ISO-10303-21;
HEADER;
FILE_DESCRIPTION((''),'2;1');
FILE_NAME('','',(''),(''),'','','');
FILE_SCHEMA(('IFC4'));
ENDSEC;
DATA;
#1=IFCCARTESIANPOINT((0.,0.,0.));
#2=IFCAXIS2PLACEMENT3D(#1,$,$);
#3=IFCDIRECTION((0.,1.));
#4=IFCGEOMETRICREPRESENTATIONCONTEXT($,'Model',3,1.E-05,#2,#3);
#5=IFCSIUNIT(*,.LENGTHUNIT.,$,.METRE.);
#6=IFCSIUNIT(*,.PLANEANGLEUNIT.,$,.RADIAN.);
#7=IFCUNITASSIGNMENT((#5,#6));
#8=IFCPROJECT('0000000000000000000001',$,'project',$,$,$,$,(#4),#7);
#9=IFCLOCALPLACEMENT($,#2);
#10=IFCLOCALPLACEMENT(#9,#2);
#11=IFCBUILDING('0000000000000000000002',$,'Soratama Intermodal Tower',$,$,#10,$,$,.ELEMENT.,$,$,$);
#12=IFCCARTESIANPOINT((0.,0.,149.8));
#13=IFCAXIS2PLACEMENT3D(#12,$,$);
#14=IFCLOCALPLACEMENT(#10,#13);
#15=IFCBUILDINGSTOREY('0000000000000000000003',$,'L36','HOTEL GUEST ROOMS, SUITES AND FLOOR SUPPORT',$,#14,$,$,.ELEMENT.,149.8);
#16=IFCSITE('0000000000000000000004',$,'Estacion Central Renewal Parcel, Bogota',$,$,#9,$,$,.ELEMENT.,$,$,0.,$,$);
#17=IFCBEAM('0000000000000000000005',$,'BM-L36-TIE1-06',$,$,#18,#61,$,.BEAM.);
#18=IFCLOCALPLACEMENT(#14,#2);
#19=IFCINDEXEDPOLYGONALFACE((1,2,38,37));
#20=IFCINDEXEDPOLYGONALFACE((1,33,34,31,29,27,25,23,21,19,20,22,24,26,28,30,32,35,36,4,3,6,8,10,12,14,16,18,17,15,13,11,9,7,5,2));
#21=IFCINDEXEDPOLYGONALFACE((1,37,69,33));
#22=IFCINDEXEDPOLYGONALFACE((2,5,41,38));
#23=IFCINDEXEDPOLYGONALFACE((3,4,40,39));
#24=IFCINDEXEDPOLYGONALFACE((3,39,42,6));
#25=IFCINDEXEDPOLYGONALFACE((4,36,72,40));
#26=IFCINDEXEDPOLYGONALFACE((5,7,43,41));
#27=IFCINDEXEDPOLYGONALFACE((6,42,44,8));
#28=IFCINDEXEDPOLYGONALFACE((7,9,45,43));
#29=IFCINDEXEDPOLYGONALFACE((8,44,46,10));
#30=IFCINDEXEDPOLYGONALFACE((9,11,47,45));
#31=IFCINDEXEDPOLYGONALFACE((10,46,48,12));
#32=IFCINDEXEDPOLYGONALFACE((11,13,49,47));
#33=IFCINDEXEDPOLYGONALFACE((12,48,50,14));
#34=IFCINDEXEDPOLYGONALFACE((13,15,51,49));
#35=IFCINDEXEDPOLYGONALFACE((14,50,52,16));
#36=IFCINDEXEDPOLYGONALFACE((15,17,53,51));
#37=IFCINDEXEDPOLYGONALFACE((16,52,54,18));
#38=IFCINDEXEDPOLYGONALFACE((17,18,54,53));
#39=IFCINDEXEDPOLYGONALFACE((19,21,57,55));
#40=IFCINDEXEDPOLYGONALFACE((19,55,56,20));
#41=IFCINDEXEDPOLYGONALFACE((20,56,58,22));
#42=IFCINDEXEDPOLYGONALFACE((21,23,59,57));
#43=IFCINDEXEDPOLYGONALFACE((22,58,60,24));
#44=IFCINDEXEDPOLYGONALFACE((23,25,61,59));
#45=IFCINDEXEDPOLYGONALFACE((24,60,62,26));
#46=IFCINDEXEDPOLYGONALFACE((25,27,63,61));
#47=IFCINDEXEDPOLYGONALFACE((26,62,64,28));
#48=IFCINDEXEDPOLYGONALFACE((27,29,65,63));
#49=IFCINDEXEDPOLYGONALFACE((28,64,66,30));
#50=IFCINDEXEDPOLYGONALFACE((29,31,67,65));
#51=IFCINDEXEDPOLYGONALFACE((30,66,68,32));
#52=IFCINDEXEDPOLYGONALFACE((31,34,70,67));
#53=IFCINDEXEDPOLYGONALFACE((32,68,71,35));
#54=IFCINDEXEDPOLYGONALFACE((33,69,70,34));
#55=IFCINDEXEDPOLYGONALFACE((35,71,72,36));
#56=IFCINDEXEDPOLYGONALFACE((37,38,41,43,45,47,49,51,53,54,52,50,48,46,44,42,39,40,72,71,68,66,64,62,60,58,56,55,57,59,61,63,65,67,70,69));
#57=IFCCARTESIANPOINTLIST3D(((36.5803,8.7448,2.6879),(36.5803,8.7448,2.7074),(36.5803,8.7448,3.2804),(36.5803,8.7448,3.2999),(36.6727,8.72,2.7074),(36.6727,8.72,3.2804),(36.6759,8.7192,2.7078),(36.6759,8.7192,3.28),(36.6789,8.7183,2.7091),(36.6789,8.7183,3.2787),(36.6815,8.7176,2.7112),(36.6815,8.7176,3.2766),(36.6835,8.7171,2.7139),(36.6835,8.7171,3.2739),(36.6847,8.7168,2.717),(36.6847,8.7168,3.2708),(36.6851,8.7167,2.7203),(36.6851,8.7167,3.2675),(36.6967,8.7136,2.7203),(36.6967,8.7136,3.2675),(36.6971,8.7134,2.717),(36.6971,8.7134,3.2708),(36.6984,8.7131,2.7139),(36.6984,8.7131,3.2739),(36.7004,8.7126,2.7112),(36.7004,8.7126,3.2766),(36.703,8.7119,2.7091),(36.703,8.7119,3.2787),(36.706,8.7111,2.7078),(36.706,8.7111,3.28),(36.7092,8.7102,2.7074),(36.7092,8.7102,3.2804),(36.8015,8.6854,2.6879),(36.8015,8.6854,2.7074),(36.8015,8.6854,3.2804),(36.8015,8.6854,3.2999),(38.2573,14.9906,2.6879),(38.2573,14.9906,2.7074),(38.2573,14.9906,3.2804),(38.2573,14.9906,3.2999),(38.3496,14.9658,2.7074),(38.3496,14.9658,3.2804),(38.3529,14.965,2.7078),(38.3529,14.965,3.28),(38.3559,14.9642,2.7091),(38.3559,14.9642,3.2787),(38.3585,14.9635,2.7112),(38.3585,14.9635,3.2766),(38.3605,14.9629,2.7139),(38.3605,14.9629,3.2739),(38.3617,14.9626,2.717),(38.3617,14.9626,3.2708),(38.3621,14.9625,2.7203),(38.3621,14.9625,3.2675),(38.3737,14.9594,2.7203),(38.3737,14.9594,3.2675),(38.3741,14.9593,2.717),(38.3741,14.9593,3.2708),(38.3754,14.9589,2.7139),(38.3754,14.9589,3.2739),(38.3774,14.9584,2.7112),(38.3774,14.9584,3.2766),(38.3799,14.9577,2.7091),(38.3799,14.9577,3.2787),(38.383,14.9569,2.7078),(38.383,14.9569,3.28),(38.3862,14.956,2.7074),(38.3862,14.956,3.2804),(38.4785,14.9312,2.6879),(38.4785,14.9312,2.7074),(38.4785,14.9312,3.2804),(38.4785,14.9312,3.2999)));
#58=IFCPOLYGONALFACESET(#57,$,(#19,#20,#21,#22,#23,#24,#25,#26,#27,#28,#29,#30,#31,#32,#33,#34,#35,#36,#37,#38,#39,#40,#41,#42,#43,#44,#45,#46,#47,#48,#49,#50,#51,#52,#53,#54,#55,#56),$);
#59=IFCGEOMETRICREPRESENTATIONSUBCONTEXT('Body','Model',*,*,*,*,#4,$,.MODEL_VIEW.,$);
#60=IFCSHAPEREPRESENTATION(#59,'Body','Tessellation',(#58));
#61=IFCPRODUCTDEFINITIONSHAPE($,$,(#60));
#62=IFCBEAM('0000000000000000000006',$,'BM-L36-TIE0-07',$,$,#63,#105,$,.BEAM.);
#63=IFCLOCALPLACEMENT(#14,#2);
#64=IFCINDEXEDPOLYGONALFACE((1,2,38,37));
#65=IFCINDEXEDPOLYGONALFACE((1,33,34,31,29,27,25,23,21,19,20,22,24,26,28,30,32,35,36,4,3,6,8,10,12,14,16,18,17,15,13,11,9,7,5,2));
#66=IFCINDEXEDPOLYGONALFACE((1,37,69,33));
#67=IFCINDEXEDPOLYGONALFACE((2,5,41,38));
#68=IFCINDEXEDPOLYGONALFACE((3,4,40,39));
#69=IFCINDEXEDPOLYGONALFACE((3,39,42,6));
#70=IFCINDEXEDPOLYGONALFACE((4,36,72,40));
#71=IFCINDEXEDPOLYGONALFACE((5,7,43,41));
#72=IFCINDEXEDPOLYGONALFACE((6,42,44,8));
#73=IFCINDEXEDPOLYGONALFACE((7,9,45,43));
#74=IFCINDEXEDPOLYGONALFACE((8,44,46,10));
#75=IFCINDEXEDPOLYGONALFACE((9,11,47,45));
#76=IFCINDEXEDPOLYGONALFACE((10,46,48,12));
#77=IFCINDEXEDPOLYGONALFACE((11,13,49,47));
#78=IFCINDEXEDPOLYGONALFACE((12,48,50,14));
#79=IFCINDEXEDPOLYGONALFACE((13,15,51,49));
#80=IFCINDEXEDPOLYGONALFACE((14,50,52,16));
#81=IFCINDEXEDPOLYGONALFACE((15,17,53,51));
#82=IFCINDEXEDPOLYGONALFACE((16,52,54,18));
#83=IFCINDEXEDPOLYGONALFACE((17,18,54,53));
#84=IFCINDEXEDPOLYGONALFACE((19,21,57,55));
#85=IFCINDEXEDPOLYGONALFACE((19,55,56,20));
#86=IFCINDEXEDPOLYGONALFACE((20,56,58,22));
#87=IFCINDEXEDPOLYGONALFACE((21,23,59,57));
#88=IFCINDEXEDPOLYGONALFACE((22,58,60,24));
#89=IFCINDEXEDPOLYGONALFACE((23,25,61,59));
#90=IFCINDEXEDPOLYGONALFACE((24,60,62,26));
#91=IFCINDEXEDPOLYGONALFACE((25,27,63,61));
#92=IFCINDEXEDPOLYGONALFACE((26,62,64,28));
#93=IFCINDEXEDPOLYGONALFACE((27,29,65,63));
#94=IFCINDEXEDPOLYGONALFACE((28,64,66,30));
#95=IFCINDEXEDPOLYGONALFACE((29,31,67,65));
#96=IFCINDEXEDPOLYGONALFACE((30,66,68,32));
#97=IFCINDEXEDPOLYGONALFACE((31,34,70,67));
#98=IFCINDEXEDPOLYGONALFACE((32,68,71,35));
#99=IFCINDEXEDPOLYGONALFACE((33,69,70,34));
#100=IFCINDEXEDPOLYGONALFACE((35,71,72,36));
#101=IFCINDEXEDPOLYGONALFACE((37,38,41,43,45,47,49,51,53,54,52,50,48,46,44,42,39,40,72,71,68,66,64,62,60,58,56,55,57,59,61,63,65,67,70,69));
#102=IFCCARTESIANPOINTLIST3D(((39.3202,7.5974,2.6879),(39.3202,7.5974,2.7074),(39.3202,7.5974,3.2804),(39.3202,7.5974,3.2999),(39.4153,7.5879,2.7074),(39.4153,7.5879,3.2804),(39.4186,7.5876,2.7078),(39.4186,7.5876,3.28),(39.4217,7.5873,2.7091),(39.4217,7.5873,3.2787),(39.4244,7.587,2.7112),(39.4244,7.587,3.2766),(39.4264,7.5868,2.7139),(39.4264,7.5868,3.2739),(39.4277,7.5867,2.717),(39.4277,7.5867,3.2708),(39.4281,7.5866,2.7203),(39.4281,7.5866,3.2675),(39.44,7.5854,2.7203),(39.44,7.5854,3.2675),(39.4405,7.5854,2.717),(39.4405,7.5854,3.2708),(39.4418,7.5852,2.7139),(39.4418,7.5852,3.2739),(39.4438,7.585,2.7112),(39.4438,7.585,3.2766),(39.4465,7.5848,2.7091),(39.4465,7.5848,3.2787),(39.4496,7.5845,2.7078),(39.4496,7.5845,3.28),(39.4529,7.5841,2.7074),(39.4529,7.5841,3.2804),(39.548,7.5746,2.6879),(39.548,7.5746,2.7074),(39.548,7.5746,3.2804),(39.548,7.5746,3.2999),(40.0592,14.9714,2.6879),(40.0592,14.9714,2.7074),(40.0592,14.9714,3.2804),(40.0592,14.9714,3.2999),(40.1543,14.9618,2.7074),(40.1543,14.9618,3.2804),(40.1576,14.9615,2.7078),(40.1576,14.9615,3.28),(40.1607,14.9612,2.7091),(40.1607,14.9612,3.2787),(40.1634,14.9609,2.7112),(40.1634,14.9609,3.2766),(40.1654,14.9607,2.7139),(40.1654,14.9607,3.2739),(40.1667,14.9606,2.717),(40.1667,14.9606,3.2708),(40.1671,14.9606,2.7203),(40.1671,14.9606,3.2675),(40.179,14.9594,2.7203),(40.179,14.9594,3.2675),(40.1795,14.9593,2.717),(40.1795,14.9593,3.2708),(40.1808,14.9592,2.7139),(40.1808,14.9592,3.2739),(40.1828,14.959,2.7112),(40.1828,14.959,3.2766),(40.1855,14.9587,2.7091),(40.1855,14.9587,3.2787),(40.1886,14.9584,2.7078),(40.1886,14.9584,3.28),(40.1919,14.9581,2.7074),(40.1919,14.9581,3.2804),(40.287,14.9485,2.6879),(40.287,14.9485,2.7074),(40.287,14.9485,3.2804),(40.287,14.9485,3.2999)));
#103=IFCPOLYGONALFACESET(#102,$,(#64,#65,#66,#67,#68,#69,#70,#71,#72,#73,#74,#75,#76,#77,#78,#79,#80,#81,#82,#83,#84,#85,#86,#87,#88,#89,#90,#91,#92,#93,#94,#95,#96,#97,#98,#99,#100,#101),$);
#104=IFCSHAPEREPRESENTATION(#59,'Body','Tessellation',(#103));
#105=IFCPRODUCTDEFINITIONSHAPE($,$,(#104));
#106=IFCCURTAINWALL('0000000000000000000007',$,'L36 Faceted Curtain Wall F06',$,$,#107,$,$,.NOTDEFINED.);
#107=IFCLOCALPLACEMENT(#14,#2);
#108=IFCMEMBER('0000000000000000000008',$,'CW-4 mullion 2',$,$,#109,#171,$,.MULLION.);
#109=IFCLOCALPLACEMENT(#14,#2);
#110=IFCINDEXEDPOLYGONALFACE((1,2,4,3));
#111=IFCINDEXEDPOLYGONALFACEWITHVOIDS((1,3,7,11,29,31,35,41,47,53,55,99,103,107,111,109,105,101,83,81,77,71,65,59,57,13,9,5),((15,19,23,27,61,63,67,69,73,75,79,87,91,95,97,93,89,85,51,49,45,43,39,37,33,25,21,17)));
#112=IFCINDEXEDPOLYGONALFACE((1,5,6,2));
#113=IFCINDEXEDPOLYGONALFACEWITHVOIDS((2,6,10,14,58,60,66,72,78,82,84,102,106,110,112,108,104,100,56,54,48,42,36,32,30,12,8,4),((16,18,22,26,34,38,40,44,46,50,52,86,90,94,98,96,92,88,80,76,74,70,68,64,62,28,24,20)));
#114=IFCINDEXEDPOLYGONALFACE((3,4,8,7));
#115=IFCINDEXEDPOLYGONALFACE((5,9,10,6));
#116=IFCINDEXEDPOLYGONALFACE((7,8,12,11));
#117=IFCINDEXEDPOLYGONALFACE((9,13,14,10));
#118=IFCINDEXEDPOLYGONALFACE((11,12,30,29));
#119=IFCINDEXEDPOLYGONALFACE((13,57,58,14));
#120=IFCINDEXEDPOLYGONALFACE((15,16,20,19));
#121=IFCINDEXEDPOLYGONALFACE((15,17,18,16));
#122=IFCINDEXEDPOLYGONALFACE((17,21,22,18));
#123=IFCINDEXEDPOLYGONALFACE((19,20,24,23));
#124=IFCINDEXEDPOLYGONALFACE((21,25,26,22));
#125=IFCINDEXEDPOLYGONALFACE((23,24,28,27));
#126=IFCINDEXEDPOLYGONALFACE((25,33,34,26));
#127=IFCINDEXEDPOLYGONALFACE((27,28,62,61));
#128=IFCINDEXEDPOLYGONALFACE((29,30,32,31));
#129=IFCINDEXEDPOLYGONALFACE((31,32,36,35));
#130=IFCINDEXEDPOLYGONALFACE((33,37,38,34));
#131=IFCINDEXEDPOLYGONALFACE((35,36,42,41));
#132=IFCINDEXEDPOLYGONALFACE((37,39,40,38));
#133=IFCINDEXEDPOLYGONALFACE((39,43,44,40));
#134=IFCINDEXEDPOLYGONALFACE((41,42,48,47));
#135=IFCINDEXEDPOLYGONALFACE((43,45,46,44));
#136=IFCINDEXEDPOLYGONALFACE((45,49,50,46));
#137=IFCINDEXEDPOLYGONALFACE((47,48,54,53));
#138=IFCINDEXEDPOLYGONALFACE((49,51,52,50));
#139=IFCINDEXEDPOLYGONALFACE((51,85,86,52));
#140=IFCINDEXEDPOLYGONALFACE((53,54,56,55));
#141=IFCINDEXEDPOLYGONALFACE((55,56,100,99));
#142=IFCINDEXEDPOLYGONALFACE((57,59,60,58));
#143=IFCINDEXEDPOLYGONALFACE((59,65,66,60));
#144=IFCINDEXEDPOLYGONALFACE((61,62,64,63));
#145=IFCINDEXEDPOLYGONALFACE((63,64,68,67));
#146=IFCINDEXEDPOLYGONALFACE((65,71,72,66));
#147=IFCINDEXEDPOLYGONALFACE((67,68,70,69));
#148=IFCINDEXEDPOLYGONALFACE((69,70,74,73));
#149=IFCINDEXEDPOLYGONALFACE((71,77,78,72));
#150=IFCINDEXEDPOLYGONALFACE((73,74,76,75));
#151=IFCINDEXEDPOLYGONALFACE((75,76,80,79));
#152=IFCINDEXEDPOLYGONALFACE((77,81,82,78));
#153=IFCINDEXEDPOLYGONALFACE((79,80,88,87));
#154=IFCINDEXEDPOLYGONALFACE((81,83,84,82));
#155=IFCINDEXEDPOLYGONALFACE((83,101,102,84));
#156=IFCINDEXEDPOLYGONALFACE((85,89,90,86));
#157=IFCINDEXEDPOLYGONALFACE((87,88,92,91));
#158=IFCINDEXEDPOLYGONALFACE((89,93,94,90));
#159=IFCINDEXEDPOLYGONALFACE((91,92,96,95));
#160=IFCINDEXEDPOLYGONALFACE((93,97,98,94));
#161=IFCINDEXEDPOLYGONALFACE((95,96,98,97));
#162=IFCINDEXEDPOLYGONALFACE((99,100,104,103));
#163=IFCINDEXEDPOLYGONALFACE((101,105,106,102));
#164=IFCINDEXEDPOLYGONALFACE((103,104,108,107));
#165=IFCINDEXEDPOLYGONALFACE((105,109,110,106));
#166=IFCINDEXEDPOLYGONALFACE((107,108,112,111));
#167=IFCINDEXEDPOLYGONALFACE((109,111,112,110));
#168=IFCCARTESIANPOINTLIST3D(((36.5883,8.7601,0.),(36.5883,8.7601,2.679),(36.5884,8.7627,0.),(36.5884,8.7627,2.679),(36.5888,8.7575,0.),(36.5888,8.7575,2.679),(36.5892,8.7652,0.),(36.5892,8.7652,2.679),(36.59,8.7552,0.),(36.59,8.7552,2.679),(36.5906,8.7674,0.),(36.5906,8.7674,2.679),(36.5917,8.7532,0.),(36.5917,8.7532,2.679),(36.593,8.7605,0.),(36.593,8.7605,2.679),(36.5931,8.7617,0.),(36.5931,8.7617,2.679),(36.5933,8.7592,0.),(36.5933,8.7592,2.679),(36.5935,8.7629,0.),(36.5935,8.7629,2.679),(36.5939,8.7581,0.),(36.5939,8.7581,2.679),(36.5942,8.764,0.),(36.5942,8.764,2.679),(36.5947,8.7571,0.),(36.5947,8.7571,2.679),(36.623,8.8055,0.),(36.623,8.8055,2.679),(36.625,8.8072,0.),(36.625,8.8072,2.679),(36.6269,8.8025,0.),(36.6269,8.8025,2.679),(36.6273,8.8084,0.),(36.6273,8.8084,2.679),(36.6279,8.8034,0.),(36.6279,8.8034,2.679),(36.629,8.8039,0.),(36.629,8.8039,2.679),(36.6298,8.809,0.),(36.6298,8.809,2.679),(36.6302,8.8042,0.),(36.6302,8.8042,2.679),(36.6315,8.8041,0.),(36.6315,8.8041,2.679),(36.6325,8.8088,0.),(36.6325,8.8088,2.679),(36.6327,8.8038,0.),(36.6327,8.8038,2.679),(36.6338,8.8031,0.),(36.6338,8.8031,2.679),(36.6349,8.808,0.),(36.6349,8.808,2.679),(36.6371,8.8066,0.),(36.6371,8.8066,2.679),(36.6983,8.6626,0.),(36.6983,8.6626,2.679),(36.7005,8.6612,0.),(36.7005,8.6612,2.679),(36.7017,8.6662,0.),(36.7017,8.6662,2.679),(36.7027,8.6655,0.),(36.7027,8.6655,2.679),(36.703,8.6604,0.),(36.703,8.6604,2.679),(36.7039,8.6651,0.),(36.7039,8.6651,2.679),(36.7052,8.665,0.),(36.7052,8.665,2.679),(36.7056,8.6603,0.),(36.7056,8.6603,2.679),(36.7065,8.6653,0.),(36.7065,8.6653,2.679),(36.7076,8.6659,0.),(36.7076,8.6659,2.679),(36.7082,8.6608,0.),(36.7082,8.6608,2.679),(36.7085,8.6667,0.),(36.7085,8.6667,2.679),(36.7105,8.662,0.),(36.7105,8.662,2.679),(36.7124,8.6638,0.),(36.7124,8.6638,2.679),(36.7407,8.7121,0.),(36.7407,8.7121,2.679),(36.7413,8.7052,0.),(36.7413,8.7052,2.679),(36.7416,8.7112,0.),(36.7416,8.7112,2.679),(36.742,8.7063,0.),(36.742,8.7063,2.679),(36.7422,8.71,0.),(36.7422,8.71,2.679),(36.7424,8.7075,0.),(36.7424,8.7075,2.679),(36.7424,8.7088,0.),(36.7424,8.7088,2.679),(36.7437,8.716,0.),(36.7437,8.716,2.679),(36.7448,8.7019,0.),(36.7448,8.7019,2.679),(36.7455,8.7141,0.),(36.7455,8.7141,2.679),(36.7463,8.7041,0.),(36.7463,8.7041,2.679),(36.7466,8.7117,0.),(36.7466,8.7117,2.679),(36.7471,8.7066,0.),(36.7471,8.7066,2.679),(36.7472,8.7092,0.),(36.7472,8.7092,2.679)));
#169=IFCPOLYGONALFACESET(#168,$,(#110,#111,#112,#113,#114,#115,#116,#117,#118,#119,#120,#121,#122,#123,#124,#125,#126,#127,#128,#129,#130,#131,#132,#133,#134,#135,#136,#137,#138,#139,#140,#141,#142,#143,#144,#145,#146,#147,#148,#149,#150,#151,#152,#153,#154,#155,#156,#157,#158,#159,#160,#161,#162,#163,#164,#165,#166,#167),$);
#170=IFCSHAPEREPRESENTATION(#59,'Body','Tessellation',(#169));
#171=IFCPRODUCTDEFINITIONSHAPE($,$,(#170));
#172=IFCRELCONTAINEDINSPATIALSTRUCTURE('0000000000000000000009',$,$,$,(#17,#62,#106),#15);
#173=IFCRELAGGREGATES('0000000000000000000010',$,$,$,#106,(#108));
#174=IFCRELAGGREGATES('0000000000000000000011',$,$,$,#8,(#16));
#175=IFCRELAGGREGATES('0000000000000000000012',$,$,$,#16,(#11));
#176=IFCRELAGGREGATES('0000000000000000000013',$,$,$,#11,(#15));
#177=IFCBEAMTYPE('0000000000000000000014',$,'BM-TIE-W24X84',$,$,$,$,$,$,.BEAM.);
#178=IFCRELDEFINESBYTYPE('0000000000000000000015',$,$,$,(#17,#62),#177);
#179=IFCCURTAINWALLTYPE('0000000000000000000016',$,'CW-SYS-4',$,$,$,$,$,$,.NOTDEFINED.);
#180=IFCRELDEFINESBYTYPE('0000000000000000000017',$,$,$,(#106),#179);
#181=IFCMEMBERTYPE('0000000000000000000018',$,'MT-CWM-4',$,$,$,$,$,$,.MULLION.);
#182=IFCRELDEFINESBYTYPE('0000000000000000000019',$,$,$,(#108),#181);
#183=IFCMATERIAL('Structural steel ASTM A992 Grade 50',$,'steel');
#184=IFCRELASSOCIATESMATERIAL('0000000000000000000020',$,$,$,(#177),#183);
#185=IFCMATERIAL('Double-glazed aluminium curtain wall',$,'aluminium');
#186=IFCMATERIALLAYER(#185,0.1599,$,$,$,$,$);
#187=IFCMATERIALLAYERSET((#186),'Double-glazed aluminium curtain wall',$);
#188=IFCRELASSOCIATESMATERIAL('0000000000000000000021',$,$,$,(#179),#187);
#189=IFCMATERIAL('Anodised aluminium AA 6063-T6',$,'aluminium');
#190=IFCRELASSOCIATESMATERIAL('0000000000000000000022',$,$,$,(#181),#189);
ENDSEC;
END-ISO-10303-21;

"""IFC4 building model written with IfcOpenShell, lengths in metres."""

from ifc_helpers import new_model, si_unit, direction, frame, origin, origin_2d, place, context, subcontext, project, spatial, hollow_rectangle, i_section, extrude, material, layer, layer_set, material_profile, profile_set, type_object, element, aggregate, save


model = new_model("IFC4")

# Units and contexts
model_context = context("Model", 3, precision=1e-05, world=origin(), true_north=direction((0.0, 1.0)))
body_context = subcontext(model_context, "Body", "Model", "MODEL_VIEW")
ifc_project = project(units=[si_unit("LENGTHUNIT", "METRE"), si_unit("PLANEANGLEUNIT", "RADIAN")], contexts=[model_context])

# Site, building, storey
site_placement = place(None, origin())
site = spatial("IfcSite", under=ifc_project, at=site_placement, Name="Estacion Central Renewal Parcel, Bogota", CompositionType="ELEMENT", RefElevation=0.0)
building_placement = place(site_placement, origin())
building = spatial("IfcBuilding", under=site, at=building_placement, Name="Soratama Intermodal Tower", CompositionType="ELEMENT")
storey_placement = place(building_placement, frame((0.0, 0.0, 149.8)))
storey = spatial("IfcBuildingStorey", under=building, at=storey_placement, Name="L36", Description="HOTEL GUEST ROOMS, SUITES AND FLOOR SUPPORT", CompositionType="ELEMENT", Elevation=149.8)

# Beams
ifc_material_1 = material(Name="Structural steel ASTM A992 Grade 50", Category="steel")
ifc_material_profile_1 = material_profile(ifc_material_1, i_section(OverallWidth=0.229, OverallDepth=0.6121, WebThickness=0.012, FlangeThickness=0.0195, FilletRadius=0.0129, at=origin_2d()), Name="W24X84")
ifc_profile_set_1 = profile_set([ifc_material_profile_1], Name="Structural steel ASTM A992 Grade 50")
beam_type_1 = type_object("IfcBeamType", Name="BM-TIE-W24X84", PredefinedType="BEAM", material=ifc_profile_set_1)
beam_1_placement = place(storey_placement, frame((38.3679, 14.9609, 2.9939), z_axis=(-0.259314, -0.965793, 0.0), x_axis=(0.965793, -0.259314, 0.0)))
element("IfcBeam", 1, at=beam_1_placement, inside=storey, type_object=beam_type_1, Name="BM-L36-TIE1-06", PredefinedType="BEAM", context=body_context, shape_type="SweptSolid", body=[
    extrude(i_section(OverallWidth=0.229, OverallDepth=0.6121, WebThickness=0.012, FlangeThickness=0.0195, FilletRadius=0.0129, at=origin_2d()), origin(), (0.0, 0.0, 1.0), 6.467),
])
beam_2_placement = place(storey_placement, frame((40.1731, 14.96, 2.9939), z_axis=(-0.099719, -0.995016, 0.0), x_axis=(0.995016, -0.099719, 0.0)))
element("IfcBeam", 2, at=beam_2_placement, inside=storey, type_object=beam_type_1, Name="BM-L36-TIE0-07", PredefinedType="BEAM", context=body_context, shape_type="SweptSolid", body=[
    extrude(i_section(OverallWidth=0.229, OverallDepth=0.6121, WebThickness=0.012, FlangeThickness=0.0195, FilletRadius=0.0129, at=origin_2d()), origin(), (0.0, 0.0, 1.0), 7.4109),
])

# Curtain wall, member
ifc_material_2 = material(Name="Double-glazed aluminium curtain wall", Category="aluminium")
ifc_layer_1 = layer(ifc_material_2, 0.1599)
ifc_layer_set_1 = layer_set([ifc_layer_1], Name="Double-glazed aluminium curtain wall")
curtain_wall_type = type_object("IfcCurtainWallType", Name="CW-SYS-4", PredefinedType="NOTDEFINED", material=ifc_layer_set_1)
curtain_wall_1_placement = place(storey_placement, origin())
curtain_wall_1 = element("IfcCurtainWall", 3, at=curtain_wall_1_placement, inside=storey, type_object=curtain_wall_type, Name="L36 Faceted Curtain Wall F06", PredefinedType="NOTDEFINED")
ifc_material_3 = material(Name="Anodised aluminium AA 6063-T6", Category="aluminium")
ifc_material_profile_2 = material_profile(ifc_material_3, hollow_rectangle(XDim=0.0701, YDim=0.1599, WallThickness=0.0049, InnerFilletRadius=0.0049, OuterFilletRadius=0.01, at=origin_2d()), Name="CWM160X70X5")
ifc_profile_set_2 = profile_set([ifc_material_profile_2], Name="Anodised aluminium AA 6063-T6")
member_type_1 = type_object("IfcMemberType", Name="MT-CWM-4", PredefinedType="MULLION", material=ifc_profile_set_2)
member_1_placement = place(storey_placement, frame((36.6677, 8.7346, 0.0), z_axis=(0.0, 0.0, 1.0), x_axis=(0.647857, 0.761762, 0.0)))
member_1 = element("IfcMember", 4, at=member_1_placement, type_object=member_type_1, Name="CW-4 mullion 2", PredefinedType="MULLION", context=body_context, shape_type="SweptSolid", body=[
    extrude(hollow_rectangle(XDim=0.0701, YDim=0.1599, WallThickness=0.0049, InnerFilletRadius=0.0049, OuterFilletRadius=0.01, at=origin_2d()), origin(), (0.0, 0.0, 1.0), 2.679),
])

aggregate(curtain_wall_1, [member_1])

save(model, "model.ifc")
